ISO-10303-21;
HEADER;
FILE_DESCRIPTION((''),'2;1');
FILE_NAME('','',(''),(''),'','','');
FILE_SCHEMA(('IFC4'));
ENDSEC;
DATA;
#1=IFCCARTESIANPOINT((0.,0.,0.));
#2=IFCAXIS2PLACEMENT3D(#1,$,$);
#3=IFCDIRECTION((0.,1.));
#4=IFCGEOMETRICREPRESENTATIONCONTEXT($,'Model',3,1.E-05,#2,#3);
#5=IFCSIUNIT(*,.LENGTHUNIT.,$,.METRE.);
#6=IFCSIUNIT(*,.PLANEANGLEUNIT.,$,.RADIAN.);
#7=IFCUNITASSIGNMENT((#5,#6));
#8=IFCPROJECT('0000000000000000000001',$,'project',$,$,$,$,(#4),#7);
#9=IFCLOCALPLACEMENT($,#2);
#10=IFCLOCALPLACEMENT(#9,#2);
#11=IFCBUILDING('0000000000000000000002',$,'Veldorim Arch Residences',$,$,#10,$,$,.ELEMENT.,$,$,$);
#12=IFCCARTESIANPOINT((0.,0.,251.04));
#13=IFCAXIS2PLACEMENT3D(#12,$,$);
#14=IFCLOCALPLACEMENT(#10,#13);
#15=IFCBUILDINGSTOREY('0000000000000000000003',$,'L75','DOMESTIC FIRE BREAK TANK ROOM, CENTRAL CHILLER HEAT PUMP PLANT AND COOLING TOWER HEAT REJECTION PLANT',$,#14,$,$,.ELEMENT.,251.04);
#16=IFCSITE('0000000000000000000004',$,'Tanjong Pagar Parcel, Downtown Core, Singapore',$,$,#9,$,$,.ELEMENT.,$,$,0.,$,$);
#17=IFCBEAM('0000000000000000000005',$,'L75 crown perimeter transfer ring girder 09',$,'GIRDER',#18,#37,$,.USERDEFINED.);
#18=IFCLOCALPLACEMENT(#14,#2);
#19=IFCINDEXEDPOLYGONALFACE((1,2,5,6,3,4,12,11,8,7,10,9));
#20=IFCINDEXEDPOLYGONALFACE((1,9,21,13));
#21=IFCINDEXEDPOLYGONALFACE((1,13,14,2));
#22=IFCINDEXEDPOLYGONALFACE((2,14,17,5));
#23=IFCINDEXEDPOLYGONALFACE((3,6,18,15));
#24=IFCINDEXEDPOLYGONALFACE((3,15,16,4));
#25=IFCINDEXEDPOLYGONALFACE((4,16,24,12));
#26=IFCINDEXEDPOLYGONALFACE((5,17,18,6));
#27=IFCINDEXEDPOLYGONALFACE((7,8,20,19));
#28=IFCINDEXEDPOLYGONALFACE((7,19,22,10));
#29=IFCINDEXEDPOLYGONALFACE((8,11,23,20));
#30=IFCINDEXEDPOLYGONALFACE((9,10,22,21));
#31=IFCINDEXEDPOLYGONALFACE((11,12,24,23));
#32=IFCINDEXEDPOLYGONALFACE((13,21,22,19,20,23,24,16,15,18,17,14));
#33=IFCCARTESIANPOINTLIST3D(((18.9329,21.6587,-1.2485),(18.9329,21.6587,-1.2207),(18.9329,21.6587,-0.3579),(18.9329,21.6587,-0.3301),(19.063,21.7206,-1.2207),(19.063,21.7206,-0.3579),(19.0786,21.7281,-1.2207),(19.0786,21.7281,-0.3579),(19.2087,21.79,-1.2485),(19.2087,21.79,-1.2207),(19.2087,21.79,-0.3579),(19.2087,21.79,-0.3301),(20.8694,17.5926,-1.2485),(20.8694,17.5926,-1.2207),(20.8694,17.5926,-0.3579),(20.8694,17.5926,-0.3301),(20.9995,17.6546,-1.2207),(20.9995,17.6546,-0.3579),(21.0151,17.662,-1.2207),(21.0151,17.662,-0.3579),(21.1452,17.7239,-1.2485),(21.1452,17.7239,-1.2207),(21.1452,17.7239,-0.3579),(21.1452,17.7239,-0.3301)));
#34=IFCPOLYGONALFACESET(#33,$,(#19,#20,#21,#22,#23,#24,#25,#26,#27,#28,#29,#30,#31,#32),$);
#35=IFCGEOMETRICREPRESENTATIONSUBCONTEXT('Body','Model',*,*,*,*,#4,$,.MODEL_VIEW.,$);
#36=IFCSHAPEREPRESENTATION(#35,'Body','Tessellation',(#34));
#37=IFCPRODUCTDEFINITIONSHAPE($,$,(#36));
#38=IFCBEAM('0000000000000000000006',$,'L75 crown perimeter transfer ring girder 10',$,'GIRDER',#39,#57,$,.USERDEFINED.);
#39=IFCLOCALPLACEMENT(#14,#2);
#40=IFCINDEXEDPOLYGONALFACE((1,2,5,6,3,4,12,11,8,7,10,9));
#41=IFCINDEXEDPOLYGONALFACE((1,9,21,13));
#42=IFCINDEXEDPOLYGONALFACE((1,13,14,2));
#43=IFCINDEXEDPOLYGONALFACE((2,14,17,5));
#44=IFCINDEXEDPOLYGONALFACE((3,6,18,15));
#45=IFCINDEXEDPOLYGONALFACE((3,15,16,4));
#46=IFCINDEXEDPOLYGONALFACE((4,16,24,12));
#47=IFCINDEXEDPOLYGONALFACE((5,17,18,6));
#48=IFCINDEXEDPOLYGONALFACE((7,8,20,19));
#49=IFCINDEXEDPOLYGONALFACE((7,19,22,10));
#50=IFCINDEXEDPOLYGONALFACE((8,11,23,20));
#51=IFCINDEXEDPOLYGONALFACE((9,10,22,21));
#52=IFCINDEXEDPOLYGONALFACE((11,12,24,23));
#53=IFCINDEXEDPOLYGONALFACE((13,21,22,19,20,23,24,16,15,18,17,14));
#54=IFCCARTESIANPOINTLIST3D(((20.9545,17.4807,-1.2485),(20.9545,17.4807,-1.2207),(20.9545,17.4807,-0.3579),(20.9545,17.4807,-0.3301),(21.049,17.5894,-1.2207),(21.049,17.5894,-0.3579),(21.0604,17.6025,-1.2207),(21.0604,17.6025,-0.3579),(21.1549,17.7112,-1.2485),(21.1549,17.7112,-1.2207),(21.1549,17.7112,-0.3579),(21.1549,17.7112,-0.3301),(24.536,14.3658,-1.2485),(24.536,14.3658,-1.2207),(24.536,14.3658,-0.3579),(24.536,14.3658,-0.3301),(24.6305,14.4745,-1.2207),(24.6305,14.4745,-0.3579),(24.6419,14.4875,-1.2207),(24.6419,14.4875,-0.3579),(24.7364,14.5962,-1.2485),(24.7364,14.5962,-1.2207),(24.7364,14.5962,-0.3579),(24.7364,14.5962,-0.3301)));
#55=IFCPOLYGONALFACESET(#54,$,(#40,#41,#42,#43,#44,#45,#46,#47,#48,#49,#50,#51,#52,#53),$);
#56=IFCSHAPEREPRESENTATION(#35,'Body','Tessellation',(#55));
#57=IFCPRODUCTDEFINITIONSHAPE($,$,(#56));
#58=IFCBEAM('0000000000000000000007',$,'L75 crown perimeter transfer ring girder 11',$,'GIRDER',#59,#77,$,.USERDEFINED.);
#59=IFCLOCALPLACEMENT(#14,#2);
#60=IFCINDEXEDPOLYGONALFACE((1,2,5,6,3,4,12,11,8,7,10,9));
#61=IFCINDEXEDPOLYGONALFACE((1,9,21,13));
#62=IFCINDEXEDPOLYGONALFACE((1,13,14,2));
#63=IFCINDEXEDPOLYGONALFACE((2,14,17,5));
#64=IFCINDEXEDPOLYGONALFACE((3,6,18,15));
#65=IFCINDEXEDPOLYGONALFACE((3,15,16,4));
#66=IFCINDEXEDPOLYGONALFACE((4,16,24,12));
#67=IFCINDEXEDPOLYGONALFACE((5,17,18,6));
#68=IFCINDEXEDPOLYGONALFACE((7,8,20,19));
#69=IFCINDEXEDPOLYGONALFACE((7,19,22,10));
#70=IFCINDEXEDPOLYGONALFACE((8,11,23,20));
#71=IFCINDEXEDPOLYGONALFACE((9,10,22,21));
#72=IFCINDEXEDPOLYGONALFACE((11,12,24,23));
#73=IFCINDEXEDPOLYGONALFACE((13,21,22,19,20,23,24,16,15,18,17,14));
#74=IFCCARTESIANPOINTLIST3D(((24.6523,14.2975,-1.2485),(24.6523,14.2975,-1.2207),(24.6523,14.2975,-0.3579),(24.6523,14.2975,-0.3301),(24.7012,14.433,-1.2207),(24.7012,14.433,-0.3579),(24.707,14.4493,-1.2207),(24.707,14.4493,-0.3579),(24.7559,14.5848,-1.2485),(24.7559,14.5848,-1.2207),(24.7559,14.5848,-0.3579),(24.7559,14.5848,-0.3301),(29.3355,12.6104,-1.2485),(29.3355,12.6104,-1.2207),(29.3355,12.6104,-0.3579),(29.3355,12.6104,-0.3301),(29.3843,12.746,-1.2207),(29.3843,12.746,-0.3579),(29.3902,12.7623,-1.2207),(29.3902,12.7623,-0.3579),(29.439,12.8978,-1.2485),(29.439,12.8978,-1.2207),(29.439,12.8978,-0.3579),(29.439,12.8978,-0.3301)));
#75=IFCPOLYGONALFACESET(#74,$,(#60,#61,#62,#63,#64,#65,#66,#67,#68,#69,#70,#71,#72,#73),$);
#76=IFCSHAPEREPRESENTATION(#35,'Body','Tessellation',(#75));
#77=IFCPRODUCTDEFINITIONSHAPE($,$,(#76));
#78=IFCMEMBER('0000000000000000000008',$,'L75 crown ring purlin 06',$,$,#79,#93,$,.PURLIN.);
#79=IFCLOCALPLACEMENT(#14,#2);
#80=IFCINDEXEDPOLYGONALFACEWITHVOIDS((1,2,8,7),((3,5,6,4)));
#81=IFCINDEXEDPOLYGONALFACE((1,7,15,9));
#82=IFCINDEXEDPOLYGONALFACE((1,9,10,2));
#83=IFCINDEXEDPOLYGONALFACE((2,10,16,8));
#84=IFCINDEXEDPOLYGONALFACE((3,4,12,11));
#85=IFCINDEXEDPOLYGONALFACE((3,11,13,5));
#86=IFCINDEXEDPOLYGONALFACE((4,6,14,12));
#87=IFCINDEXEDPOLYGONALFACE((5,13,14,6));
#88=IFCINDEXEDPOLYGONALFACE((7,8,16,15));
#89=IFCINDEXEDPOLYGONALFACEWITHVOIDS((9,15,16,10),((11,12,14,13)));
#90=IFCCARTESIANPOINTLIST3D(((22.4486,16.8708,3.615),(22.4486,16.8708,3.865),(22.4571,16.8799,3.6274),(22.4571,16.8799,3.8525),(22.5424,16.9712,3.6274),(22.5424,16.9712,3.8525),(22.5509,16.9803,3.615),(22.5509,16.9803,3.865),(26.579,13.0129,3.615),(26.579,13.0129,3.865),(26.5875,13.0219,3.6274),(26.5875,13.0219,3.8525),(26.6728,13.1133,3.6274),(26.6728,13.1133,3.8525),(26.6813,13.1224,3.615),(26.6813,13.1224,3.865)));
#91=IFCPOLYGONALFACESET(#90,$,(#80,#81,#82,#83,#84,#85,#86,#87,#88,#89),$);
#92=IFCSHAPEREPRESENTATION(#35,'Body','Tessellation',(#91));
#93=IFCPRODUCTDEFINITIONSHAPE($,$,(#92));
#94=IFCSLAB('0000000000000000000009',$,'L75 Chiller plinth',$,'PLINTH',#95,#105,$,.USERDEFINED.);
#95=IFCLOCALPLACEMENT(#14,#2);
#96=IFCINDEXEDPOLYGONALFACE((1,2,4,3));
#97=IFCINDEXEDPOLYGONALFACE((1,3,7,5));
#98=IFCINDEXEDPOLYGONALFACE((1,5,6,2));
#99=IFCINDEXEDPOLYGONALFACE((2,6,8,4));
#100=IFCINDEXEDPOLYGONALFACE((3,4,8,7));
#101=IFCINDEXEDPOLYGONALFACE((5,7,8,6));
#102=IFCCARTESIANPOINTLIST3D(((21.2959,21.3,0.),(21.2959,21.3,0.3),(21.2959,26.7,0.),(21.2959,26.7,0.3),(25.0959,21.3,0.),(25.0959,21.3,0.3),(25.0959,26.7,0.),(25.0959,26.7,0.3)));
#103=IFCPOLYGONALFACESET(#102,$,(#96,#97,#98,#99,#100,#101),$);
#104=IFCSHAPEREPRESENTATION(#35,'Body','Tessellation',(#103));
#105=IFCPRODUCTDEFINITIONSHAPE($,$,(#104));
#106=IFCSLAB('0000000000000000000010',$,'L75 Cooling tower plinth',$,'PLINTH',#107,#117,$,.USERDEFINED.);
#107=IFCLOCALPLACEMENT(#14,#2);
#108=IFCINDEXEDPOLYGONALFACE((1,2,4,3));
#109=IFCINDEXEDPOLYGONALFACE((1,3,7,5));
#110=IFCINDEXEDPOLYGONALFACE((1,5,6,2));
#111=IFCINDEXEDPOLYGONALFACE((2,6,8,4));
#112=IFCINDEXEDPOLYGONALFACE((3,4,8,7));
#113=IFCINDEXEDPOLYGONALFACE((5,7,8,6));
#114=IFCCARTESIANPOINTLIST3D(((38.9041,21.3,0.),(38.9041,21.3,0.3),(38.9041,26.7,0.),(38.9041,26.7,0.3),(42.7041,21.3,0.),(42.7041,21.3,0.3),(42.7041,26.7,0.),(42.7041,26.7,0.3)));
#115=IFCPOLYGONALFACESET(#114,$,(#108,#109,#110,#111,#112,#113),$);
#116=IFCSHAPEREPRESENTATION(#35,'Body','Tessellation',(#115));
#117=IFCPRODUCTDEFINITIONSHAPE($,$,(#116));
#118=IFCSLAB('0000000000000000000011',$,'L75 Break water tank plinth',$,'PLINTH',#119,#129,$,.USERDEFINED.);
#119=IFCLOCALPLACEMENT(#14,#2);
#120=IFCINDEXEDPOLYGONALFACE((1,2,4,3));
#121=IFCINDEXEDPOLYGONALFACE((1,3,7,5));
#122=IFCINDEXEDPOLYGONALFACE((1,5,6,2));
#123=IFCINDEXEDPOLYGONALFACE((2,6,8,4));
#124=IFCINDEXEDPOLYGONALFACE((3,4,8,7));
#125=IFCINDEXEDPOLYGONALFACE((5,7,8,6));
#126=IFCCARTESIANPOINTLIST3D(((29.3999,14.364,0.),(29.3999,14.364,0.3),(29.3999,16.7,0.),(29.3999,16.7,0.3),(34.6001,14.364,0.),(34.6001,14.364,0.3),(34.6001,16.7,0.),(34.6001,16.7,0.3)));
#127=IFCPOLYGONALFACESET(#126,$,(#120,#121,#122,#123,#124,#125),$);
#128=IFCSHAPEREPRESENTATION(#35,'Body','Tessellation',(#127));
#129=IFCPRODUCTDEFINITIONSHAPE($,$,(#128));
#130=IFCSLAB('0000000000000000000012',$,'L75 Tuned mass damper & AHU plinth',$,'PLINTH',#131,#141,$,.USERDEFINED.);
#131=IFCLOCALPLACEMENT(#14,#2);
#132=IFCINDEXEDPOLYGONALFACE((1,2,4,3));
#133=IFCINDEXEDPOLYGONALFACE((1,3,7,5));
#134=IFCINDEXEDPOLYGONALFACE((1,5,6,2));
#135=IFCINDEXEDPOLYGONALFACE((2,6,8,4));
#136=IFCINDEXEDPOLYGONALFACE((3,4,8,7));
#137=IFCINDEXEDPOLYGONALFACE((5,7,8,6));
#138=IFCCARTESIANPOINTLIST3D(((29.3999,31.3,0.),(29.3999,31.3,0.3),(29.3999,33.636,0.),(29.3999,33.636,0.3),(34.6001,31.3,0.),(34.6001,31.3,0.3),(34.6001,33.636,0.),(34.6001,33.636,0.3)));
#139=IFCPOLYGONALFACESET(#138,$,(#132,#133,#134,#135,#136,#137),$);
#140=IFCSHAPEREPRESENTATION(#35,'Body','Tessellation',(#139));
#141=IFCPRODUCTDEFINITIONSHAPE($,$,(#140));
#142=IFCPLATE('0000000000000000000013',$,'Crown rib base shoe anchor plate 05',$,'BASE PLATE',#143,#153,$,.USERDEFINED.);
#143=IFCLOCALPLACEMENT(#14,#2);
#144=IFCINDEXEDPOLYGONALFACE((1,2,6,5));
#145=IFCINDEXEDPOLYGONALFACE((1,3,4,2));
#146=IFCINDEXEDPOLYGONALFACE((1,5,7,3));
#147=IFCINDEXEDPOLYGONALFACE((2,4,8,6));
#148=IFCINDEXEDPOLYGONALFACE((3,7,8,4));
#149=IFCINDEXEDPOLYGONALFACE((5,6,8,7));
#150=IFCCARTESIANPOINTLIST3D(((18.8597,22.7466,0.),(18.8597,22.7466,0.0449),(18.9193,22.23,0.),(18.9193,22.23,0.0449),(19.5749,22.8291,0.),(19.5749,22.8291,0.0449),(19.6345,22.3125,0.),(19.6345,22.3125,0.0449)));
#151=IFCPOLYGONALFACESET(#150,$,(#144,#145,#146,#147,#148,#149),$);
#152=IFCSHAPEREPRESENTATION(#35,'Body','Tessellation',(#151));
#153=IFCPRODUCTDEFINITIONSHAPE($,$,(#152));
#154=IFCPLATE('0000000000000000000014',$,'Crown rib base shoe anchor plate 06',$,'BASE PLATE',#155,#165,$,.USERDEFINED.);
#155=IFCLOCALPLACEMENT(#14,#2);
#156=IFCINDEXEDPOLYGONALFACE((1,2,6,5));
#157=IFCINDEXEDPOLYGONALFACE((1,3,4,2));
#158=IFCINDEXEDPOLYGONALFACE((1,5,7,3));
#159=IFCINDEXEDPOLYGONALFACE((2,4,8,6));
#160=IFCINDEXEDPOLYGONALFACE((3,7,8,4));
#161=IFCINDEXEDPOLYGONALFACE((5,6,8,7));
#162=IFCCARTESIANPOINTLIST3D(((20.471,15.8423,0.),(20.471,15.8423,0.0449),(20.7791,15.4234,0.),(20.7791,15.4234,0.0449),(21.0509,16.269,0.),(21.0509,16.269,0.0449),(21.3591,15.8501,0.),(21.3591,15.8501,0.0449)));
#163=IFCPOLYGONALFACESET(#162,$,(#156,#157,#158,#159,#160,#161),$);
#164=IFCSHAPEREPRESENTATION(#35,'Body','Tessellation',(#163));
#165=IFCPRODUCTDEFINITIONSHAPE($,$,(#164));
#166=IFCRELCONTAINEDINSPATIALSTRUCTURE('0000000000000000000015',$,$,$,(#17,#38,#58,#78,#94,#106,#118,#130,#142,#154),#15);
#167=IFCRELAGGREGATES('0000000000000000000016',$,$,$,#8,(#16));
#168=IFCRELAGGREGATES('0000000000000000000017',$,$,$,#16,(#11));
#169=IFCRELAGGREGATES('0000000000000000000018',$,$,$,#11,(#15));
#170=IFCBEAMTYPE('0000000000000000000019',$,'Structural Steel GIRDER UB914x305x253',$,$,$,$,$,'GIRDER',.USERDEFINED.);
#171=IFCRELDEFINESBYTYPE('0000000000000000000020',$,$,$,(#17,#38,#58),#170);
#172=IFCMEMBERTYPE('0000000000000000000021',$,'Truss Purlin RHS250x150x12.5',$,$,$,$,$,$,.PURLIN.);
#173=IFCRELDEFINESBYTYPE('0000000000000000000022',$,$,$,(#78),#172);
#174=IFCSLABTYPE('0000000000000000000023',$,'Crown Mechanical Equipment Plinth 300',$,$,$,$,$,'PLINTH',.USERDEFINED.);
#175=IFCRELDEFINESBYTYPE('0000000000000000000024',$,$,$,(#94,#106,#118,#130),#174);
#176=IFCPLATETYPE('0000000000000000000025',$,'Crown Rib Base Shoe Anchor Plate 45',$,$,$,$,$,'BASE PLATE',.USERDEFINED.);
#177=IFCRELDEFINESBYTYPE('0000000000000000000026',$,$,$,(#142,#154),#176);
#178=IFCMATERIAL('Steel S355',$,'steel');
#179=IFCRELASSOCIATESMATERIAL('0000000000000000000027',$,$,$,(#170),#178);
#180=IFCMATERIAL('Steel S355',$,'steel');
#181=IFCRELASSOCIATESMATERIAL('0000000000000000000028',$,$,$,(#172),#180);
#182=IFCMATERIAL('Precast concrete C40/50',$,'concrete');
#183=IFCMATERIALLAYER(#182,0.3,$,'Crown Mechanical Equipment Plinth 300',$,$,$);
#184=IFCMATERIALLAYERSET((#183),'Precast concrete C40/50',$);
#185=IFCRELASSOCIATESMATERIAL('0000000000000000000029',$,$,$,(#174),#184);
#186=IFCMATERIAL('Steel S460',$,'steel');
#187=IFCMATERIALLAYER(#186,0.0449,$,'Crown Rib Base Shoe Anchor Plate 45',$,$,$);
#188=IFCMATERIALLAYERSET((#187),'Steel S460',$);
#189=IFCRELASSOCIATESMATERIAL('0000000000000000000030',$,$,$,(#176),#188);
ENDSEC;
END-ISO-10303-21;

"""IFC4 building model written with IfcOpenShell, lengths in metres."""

from ifc_helpers import new_model, si_unit, direction, frame, origin, origin_2d, place, context, subcontext, project, spatial, polyline, rectangle, hollow_rectangle, i_section, outline, extrude, material, layer, layer_set, material_profile, profile_set, type_object, element, save


model = new_model("IFC4")

# Units and contexts
model_context = context("Model", 3, precision=1e-05, world=origin(), true_north=direction((0.0, 1.0)))
body_context = subcontext(model_context, "Body", "Model", "MODEL_VIEW")
ifc_project = project(units=[si_unit("LENGTHUNIT", "METRE"), si_unit("PLANEANGLEUNIT", "RADIAN")], contexts=[model_context])

# Site, building, storey
site_placement = place(None, origin())
site = spatial("IfcSite", under=ifc_project, at=site_placement, Name="Tanjong Pagar Parcel, Downtown Core, Singapore", CompositionType="ELEMENT", RefElevation=0.0)
building_placement = place(site_placement, origin())
building = spatial("IfcBuilding", under=site, at=building_placement, Name="Veldorim Arch Residences", CompositionType="ELEMENT")
storey_placement = place(building_placement, frame((0.0, 0.0, 251.04)))
storey = spatial("IfcBuildingStorey", under=building, at=storey_placement, Name="L75", Description="DOMESTIC FIRE BREAK TANK ROOM, CENTRAL CHILLER HEAT PUMP PLANT AND COOLING TOWER HEAT REJECTION PLANT", CompositionType="ELEMENT", Elevation=251.04)

# Beams
ifc_material_1 = material(Name="Steel S355", Category="steel")
ifc_material_profile_1 = material_profile(ifc_material_1, i_section(OverallWidth=0.3054, OverallDepth=0.9185, WebThickness=0.0173, FlangeThickness=0.0278, at=origin_2d()), Name="UB914x305x253")
ifc_profile_set_1 = profile_set([ifc_material_profile_1], Name="Steel S355")
beam_type = type_object("IfcBeamType", Name="Structural Steel GIRDER UB914x305x253", ElementType="GIRDER", PredefinedType="USERDEFINED", material=ifc_profile_set_1)
beam_1_placement = place(storey_placement, frame((19.0708, 21.7244, -0.7893), z_axis=(0.42998, -0.902838, 0.0), x_axis=(0.902838, 0.42998, 0.0)))
element("IfcBeam", 1, at=beam_1_placement, inside=storey, type_object=beam_type, Name="L75 crown perimeter transfer ring girder 09", ObjectType="GIRDER", PredefinedType="USERDEFINED", context=body_context, shape_type="SweptSolid", body=[
    extrude(i_section(OverallWidth=0.3054, OverallDepth=0.9185, WebThickness=0.0173, FlangeThickness=0.0278, at=origin_2d()), origin(), (0.0, 0.0, 1.0), 4.5037),
])
beam_2_placement = place(storey_placement, frame((21.0547, 17.5959, -0.7893), z_axis=(0.754542, -0.656251, 0.0), x_axis=(0.656251, 0.754542, 0.0)))
element("IfcBeam", 2, at=beam_2_placement, inside=storey, type_object=beam_type, Name="L75 crown perimeter transfer ring girder 10", ObjectType="GIRDER", PredefinedType="USERDEFINED", context=body_context, shape_type="SweptSolid", body=[
    extrude(i_section(OverallWidth=0.3054, OverallDepth=0.9185, WebThickness=0.0173, FlangeThickness=0.0278, at=origin_2d()), origin(), (0.0, 0.0, 1.0), 4.7466),
])
beam_3_placement = place(storey_placement, frame((24.7041, 14.4412, -0.7893), z_axis=(0.940817, -0.338914, 0.0), x_axis=(0.338914, 0.940817, 0.0)))
element("IfcBeam", 3, at=beam_3_placement, inside=storey, type_object=beam_type, Name="L75 crown perimeter transfer ring girder 11", ObjectType="GIRDER", PredefinedType="USERDEFINED", context=body_context, shape_type="SweptSolid", body=[
    extrude(i_section(OverallWidth=0.3054, OverallDepth=0.9185, WebThickness=0.0173, FlangeThickness=0.0278, at=origin_2d()), origin(), (0.0, 0.0, 1.0), 4.9778),
])

# Member
ifc_material_2 = material(Name="Steel S355", Category="steel")
ifc_material_profile_2 = material_profile(ifc_material_2, hollow_rectangle(XDim=0.1499, YDim=0.25, WallThickness=0.0125, at=origin_2d()), Name="RHS250x150x12.5")
ifc_profile_set_2 = profile_set([ifc_material_profile_2], Name="Steel S355")
member_type_1 = type_object("IfcMemberType", Name="Truss Purlin RHS250x150x12.5", PredefinedType="PURLIN", material=ifc_profile_set_2)
member_1_placement = place(storey_placement, frame((22.4998, 16.9255, 3.74), z_axis=(0.7308, -0.682592, 0.0), x_axis=(0.682592, 0.7308, 0.0)))
element("IfcMember", 4, at=member_1_placement, inside=storey, type_object=member_type_1, Name="L75 crown ring purlin 06", PredefinedType="PURLIN", context=body_context, shape_type="SweptSolid", body=[
    extrude(hollow_rectangle(XDim=0.1499, YDim=0.25, WallThickness=0.0125, at=origin_2d()), origin(), (0.0, 0.0, 1.0), 5.6519),
])

# Slabs
ifc_material_3 = material(Name="Precast concrete C40/50", Category="concrete")
ifc_layer_1 = layer(ifc_material_3, 0.3, Name="Crown Mechanical Equipment Plinth 300")
ifc_layer_set_1 = layer_set([ifc_layer_1], Name="Precast concrete C40/50")
slab_type_1 = type_object("IfcSlabType", Name="Crown Mechanical Equipment Plinth 300", ElementType="PLINTH", PredefinedType="USERDEFINED", material=ifc_layer_set_1)
slab_1_placement = place(storey_placement, origin())
element("IfcSlab", 5, at=slab_1_placement, inside=storey, type_object=slab_type_1, Name="L75 Chiller plinth", ObjectType="PLINTH", PredefinedType="USERDEFINED", context=body_context, shape_type="SweptSolid", body=[
    extrude(outline(polyline([(21.2959, 26.7), (25.0959, 26.7), (25.0959, 21.3), (21.2959, 21.3), (21.2959, 26.7)])), origin(), (0.0, 0.0, 1.0), 0.3),
])
slab_2_placement = place(storey_placement, origin())
element("IfcSlab", 6, at=slab_2_placement, inside=storey, type_object=slab_type_1, Name="L75 Cooling tower plinth", ObjectType="PLINTH", PredefinedType="USERDEFINED", context=body_context, shape_type="SweptSolid", body=[
    extrude(outline(polyline([(38.9041, 26.7), (42.7041, 26.7), (42.7041, 21.3), (38.9041, 21.3), (38.9041, 26.7)])), origin(), (0.0, 0.0, 1.0), 0.3),
])
slab_3_placement = place(storey_placement, origin())
element("IfcSlab", 7, at=slab_3_placement, inside=storey, type_object=slab_type_1, Name="L75 Break water tank plinth", ObjectType="PLINTH", PredefinedType="USERDEFINED", context=body_context, shape_type="SweptSolid", body=[
    extrude(outline(polyline([(34.6001, 14.364), (29.3999, 14.364), (29.3999, 16.7), (34.6001, 16.7), (34.6001, 14.364)])), origin(), (0.0, 0.0, 1.0), 0.3),
])
slab_4_placement = place(storey_placement, origin())
element("IfcSlab", 8, at=slab_4_placement, inside=storey, type_object=slab_type_1, Name="L75 Tuned mass damper & AHU plinth", ObjectType="PLINTH", PredefinedType="USERDEFINED", context=body_context, shape_type="SweptSolid", body=[
    extrude(outline(polyline([(29.3999, 33.636), (34.6001, 33.636), (34.6001, 31.3), (29.3999, 31.3), (29.3999, 33.636)])), origin(), (0.0, 0.0, 1.0), 0.3),
])

# Plates
ifc_material_4 = material(Name="Steel S460", Category="steel")
ifc_layer_2 = layer(ifc_material_4, 0.0449, Name="Crown Rib Base Shoe Anchor Plate 45")
ifc_layer_set_2 = layer_set([ifc_layer_2], Name="Steel S460")
plate_type_1 = type_object("IfcPlateType", Name="Crown Rib Base Shoe Anchor Plate 45", ElementType="BASE PLATE", PredefinedType="USERDEFINED", material=ifc_layer_set_2)
for number, where, z_axis, x_axis, name in (
    (9, (19.2471, 22.5295, 0.0), (0.0, 0.0, 1.0), (-0.993413, -0.11459, 0.0), "Crown rib base shoe anchor plate 05"),
    (10, (20.915, 15.8462, 0.0), (0.0, 0.0, 1.0), (-0.805515, -0.592576, 0.0), "Crown rib base shoe anchor plate 06"),
):
    element("IfcPlate", number, at=place(storey_placement, frame(where, z_axis=z_axis, x_axis=x_axis)), inside=storey, type_object=plate_type_1, Name=name, ObjectType="BASE PLATE", PredefinedType="USERDEFINED", context=body_context, shape_type="SweptSolid", body=[
        extrude(rectangle(XDim=0.72, YDim=0.52, at=origin_2d()), origin(), (0.0, 0.0, 1.0), 0.0449),
    ])

save(model, "model.ifc")
